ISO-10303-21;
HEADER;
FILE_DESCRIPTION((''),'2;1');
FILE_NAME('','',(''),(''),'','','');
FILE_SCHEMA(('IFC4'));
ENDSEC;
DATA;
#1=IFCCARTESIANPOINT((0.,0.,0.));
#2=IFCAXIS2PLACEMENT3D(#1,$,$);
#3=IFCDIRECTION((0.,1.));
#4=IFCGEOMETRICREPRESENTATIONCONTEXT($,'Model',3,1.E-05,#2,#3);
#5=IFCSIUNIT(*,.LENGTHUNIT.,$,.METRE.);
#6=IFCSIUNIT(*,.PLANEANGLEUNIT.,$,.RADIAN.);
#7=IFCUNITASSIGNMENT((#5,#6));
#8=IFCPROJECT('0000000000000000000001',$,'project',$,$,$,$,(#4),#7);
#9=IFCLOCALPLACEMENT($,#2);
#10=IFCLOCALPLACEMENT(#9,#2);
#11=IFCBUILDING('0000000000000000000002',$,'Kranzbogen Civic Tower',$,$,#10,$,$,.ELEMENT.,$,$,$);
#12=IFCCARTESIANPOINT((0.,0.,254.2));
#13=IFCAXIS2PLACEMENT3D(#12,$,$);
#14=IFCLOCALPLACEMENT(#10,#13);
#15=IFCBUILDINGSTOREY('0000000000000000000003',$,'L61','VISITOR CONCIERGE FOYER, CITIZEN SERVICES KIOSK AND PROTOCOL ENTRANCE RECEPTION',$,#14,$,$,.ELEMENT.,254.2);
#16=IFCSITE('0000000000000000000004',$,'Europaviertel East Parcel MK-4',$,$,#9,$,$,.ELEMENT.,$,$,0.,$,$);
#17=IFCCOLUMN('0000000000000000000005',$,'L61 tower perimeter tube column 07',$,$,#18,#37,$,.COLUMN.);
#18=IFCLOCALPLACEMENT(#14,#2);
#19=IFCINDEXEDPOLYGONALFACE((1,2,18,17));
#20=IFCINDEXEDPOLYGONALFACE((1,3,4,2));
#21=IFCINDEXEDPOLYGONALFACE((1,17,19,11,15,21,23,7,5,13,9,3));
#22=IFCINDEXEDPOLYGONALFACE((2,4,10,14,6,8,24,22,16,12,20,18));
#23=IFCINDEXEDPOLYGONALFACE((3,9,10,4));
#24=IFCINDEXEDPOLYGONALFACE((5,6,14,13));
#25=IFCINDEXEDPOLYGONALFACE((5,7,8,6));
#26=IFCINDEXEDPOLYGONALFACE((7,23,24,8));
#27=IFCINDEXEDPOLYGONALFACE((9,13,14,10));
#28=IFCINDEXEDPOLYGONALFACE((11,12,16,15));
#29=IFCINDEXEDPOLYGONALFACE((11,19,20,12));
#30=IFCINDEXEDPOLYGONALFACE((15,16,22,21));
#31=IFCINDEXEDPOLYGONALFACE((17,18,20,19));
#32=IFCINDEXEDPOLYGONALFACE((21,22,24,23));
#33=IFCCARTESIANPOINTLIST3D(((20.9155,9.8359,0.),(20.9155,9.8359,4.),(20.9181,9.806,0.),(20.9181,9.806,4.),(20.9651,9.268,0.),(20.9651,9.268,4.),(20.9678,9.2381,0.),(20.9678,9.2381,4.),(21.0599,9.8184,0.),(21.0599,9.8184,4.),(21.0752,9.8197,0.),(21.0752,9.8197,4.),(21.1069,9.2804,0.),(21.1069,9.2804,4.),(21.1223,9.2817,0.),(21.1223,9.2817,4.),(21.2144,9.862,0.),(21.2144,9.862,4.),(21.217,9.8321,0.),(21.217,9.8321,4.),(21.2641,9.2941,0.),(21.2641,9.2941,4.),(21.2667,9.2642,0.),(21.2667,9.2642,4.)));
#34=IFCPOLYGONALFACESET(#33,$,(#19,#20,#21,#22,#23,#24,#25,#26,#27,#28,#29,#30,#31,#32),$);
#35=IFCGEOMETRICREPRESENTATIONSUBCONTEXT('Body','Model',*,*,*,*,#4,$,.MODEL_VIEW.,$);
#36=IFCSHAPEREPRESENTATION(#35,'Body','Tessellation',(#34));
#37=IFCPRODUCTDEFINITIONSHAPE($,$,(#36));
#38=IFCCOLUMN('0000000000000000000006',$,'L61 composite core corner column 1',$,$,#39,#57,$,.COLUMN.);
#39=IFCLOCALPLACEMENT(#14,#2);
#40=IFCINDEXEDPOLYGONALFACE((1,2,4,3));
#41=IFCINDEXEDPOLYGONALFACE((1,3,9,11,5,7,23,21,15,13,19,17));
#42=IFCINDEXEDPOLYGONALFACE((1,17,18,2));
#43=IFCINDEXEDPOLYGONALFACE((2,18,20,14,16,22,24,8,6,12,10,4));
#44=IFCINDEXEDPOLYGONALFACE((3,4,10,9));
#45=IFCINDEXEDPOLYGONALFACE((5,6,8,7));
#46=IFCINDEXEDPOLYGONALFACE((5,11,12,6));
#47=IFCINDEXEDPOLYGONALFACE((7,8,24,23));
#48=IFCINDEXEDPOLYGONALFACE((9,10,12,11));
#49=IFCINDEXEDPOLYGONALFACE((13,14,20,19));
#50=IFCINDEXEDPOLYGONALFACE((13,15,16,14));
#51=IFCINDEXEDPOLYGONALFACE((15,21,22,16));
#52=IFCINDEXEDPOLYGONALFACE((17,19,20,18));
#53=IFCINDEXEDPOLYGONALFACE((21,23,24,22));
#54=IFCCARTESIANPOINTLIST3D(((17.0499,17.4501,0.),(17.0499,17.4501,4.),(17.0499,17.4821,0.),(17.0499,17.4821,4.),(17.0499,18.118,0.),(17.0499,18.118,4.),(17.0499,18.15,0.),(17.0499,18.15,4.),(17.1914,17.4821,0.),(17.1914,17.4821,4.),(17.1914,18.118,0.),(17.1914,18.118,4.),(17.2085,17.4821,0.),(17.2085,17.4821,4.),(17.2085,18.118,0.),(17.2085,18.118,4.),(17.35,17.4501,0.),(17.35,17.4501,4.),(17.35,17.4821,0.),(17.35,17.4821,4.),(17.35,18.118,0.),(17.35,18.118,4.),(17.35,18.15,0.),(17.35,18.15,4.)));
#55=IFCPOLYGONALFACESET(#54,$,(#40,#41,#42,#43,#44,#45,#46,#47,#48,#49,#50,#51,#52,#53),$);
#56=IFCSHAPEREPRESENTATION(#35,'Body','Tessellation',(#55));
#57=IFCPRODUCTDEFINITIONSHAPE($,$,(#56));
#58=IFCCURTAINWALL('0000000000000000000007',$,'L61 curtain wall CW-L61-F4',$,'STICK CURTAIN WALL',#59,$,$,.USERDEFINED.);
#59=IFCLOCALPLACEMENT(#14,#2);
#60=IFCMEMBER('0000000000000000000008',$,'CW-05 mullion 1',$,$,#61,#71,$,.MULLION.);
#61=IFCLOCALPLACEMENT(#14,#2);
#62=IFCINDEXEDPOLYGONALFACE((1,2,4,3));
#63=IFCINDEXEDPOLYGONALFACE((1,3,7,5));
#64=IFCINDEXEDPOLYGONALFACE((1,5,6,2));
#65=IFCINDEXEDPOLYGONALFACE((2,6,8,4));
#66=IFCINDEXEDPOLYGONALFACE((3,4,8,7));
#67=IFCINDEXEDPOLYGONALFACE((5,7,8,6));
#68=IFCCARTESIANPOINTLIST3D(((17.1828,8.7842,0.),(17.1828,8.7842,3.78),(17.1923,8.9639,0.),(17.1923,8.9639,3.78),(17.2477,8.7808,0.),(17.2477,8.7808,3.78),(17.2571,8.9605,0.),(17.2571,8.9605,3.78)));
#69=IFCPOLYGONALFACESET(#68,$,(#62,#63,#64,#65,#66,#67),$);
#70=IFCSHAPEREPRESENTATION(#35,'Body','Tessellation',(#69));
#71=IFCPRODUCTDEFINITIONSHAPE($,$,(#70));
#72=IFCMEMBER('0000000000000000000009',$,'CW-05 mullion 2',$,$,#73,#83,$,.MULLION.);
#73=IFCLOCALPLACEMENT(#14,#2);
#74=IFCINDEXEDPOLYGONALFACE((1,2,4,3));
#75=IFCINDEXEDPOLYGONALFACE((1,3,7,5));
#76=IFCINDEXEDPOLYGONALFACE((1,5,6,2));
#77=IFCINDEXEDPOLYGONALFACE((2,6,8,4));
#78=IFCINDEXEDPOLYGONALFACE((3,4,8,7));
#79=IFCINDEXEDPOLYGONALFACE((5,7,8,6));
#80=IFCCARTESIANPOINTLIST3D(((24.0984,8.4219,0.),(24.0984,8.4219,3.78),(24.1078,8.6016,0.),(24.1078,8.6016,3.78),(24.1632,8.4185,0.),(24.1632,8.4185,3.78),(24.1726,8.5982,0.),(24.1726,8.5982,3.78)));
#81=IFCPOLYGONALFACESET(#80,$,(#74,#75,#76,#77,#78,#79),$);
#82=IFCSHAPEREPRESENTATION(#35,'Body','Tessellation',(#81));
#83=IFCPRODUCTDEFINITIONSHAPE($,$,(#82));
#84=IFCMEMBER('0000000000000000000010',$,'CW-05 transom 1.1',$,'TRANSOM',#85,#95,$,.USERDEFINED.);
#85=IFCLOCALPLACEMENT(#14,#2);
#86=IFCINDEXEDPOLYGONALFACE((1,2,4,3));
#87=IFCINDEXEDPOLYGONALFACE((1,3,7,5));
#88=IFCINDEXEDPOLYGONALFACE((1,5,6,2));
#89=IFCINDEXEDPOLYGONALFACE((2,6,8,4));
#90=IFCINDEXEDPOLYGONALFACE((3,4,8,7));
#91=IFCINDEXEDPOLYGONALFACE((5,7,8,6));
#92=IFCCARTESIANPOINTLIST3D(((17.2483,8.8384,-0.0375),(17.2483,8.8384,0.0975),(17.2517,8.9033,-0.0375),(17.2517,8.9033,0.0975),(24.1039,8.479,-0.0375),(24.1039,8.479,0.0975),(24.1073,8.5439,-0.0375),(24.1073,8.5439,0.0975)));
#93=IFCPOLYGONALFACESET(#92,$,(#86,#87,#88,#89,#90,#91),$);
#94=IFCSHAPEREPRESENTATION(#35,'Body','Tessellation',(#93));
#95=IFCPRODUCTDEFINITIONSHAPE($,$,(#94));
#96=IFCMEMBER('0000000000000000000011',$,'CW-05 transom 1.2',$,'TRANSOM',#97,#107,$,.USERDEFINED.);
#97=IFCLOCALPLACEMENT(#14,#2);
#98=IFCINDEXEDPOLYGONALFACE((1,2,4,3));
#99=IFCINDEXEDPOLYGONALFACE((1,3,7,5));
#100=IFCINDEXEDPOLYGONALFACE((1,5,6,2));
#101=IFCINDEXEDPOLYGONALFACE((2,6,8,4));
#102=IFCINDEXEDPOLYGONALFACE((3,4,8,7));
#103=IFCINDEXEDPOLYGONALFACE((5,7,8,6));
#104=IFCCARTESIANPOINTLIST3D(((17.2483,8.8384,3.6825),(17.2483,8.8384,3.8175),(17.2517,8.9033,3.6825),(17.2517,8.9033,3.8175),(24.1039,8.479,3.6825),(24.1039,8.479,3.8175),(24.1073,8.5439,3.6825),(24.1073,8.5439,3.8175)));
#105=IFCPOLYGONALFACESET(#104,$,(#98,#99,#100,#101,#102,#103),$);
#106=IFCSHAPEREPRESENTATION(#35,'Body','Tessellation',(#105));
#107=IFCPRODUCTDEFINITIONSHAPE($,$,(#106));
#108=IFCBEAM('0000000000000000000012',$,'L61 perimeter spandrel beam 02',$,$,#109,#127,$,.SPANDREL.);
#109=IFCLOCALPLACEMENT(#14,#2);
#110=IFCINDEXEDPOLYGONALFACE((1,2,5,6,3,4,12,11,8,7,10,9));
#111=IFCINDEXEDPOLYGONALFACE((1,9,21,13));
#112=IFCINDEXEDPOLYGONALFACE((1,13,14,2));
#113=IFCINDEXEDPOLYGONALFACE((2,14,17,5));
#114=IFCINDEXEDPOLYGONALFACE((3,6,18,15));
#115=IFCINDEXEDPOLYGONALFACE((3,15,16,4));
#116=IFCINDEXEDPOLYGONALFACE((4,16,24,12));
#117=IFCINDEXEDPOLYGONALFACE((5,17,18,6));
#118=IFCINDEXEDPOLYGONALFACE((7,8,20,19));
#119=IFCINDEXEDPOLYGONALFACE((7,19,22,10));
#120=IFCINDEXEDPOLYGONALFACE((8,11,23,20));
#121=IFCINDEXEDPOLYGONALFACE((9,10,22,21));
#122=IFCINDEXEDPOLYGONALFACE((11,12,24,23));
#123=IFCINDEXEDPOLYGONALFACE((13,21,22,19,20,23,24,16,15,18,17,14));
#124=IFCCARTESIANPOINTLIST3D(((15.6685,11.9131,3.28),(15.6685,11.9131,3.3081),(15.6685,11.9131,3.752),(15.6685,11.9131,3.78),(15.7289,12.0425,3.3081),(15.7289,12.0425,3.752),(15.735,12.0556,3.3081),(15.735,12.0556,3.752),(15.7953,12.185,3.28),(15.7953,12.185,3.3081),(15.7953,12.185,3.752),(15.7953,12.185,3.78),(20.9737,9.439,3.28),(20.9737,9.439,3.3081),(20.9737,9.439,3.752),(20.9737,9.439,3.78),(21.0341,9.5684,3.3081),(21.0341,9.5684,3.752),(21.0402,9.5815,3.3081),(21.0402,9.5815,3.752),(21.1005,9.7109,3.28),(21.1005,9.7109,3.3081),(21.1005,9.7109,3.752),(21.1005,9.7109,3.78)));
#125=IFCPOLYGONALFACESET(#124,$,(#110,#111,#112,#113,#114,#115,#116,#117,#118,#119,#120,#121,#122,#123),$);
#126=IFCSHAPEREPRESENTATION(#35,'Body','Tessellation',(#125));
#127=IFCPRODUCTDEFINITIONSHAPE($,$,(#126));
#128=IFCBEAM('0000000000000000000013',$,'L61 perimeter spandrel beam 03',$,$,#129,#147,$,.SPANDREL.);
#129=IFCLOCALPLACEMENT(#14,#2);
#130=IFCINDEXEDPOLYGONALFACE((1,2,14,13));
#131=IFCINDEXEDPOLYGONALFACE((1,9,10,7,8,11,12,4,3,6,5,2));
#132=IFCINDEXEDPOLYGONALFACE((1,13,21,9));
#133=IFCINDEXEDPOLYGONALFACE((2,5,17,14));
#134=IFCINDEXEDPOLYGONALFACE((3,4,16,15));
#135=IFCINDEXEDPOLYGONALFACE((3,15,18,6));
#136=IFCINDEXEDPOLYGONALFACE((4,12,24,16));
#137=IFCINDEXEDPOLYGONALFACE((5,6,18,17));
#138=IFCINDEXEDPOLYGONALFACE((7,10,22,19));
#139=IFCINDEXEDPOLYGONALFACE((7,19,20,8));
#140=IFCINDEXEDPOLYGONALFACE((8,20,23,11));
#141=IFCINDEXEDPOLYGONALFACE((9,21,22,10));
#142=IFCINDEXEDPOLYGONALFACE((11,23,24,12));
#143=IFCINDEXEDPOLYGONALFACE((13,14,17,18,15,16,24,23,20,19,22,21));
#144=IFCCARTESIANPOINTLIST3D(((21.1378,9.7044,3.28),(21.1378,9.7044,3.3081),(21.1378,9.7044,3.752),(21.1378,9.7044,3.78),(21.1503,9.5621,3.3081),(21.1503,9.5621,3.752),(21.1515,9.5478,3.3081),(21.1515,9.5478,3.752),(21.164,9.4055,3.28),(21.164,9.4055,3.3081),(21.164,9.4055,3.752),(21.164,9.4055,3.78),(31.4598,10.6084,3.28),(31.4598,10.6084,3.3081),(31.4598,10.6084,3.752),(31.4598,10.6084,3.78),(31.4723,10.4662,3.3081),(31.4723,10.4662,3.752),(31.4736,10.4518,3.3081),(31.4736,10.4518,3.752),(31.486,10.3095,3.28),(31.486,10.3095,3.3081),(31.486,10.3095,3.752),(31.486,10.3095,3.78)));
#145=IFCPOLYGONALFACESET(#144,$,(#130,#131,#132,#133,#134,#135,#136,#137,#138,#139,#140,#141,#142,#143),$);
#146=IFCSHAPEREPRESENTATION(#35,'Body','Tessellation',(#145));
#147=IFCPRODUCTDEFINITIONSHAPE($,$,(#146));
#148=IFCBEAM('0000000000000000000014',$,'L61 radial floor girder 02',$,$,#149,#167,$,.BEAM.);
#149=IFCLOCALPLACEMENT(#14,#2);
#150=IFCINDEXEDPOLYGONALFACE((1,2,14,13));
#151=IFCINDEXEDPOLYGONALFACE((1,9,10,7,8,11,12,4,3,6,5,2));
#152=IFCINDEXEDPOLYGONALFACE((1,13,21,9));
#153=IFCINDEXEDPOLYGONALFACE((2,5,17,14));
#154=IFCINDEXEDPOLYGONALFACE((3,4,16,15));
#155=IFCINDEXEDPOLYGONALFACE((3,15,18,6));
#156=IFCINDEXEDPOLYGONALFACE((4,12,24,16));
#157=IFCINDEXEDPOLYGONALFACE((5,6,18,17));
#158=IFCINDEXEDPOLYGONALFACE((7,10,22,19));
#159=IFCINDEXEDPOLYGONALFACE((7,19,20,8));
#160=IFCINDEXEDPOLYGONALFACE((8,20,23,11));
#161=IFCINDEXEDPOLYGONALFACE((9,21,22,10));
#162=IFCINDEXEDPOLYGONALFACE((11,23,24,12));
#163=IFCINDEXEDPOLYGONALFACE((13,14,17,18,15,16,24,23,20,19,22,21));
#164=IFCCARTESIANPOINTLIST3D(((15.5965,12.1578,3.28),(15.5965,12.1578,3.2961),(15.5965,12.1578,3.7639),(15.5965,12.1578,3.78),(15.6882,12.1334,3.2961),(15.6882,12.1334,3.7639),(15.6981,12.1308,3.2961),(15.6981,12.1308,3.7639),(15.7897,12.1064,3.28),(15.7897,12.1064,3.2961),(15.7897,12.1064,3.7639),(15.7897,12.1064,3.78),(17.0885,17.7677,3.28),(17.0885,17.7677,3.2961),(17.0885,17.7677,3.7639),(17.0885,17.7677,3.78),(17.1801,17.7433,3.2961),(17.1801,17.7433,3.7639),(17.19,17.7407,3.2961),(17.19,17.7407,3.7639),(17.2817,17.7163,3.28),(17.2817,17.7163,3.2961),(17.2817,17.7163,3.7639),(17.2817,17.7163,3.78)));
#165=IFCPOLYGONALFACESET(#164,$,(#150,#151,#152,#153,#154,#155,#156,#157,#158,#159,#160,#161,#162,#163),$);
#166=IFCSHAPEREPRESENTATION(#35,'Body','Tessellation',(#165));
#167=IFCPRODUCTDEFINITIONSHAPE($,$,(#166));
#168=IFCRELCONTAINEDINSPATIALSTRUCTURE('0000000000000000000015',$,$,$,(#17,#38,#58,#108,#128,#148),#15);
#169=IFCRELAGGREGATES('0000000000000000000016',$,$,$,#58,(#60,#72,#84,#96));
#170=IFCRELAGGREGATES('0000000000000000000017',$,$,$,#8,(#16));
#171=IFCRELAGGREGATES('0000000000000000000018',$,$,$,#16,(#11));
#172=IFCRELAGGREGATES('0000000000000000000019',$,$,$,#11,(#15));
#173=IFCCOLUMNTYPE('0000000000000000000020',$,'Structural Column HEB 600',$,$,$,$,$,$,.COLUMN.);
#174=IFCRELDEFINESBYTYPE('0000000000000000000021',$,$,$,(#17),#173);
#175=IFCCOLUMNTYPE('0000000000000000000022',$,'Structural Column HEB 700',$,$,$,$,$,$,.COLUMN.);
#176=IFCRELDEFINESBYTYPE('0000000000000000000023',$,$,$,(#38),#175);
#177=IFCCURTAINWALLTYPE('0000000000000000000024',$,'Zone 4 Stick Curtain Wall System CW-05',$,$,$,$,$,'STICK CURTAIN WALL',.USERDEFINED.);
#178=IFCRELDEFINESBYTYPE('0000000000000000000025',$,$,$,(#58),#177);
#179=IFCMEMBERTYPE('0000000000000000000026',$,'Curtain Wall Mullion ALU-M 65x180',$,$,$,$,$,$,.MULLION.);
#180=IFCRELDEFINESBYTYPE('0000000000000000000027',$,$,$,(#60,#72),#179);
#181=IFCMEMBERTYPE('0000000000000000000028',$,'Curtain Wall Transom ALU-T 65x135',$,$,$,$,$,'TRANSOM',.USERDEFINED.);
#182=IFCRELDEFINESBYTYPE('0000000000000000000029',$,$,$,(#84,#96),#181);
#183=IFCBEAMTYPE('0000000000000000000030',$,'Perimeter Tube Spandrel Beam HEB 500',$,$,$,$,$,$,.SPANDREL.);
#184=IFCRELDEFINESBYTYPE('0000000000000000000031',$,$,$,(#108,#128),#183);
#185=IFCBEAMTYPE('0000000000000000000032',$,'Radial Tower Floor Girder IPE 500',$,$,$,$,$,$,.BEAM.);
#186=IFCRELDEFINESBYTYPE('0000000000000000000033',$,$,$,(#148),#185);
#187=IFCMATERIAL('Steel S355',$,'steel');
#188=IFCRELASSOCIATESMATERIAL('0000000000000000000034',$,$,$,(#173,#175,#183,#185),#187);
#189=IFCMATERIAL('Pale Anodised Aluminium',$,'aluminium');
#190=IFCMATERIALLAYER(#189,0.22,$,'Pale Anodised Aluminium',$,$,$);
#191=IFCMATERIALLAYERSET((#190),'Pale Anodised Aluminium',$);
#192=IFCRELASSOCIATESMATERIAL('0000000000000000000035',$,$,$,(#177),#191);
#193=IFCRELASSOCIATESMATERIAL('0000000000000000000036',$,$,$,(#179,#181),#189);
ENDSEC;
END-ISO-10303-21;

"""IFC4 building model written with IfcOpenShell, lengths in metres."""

from ifc_helpers import new_model, si_unit, direction, frame, origin, origin_2d, place, context, subcontext, project, spatial, rectangle, i_section, extrude, material, layer, layer_set, material_profile, profile_set, type_object, element, aggregate, save


model = new_model("IFC4")

# Units and contexts
model_context = context("Model", 3, precision=1e-05, world=origin(), true_north=direction((0.0, 1.0)))
body_context = subcontext(model_context, "Body", "Model", "MODEL_VIEW")
ifc_project = project(units=[si_unit("LENGTHUNIT", "METRE"), si_unit("PLANEANGLEUNIT", "RADIAN")], contexts=[model_context])

# Site, building, storey
site_placement = place(None, origin())
site = spatial("IfcSite", under=ifc_project, at=site_placement, Name="Europaviertel East Parcel MK-4", CompositionType="ELEMENT", RefElevation=0.0)
building_placement = place(site_placement, origin())
building = spatial("IfcBuilding", under=site, at=building_placement, Name="Kranzbogen Civic Tower", CompositionType="ELEMENT")
storey_placement = place(building_placement, frame((0.0, 0.0, 254.2)))
storey = spatial("IfcBuildingStorey", under=building, at=storey_placement, Name="L61", Description="VISITOR CONCIERGE FOYER, CITIZEN SERVICES KIOSK AND PROTOCOL ENTRANCE RECEPTION", CompositionType="ELEMENT", Elevation=254.2)

# Columns
ifc_material_1 = material(Name="Steel S355", Category="steel")
ifc_material_profile_1 = material_profile(ifc_material_1, i_section(OverallWidth=0.3, OverallDepth=0.6001, WebThickness=0.0154, FlangeThickness=0.03, at=origin_2d()), Name="HEB 600")
ifc_profile_set_1 = profile_set([ifc_material_profile_1], Name="Steel S355")
column_type_1 = type_object("IfcColumnType", Name="Structural Column HEB 600", PredefinedType="COLUMN", material=ifc_profile_set_1)
column_1_placement = place(storey_placement, frame((21.0911, 9.55, 0.0), z_axis=(0.0, 0.0, 1.0), x_axis=(0.996195, 0.087156, 0.0)))
element("IfcColumn", 1, at=column_1_placement, inside=storey, type_object=column_type_1, Name="L61 tower perimeter tube column 07", PredefinedType="COLUMN", context=body_context, shape_type="SweptSolid", body=[
    extrude(i_section(OverallWidth=0.3, OverallDepth=0.6001, WebThickness=0.0154, FlangeThickness=0.03, at=origin_2d()), origin(), (0.0, 0.0, 1.0), 4.0),
])
ifc_material_profile_2 = material_profile(ifc_material_1, i_section(OverallWidth=0.3, OverallDepth=0.7, WebThickness=0.0171, FlangeThickness=0.032, at=origin_2d()), Name="HEB 700")
ifc_profile_set_2 = profile_set([ifc_material_profile_2], Name="Steel S355")
column_type_2 = type_object("IfcColumnType", Name="Structural Column HEB 700", PredefinedType="COLUMN", material=ifc_profile_set_2)
column_2_placement = place(storey_placement, frame((17.2, 17.8, 0.0), z_axis=(0.0, 0.0, 1.0), x_axis=(1.0, 0.0, 0.0)))
element("IfcColumn", 2, at=column_2_placement, inside=storey, type_object=column_type_2, Name="L61 composite core corner column 1", PredefinedType="COLUMN", context=body_context, shape_type="SweptSolid", body=[
    extrude(i_section(OverallWidth=0.3, OverallDepth=0.7, WebThickness=0.0171, FlangeThickness=0.032, at=origin_2d()), origin(), (0.0, 0.0, 1.0), 4.0),
])

# Curtain wall, members
ifc_material_2 = material(Name="Pale Anodised Aluminium", Category="aluminium")
ifc_layer_1 = layer(ifc_material_2, 0.22, Name="Pale Anodised Aluminium")
ifc_layer_set_1 = layer_set([ifc_layer_1], Name="Pale Anodised Aluminium")
curtain_wall_type = type_object("IfcCurtainWallType", Name="Zone 4 Stick Curtain Wall System CW-05", ElementType="STICK CURTAIN WALL", PredefinedType="USERDEFINED", material=ifc_layer_set_1)
curtain_wall_placement = place(storey_placement, origin())
curtain_wall = element("IfcCurtainWall", 3, at=curtain_wall_placement, inside=storey, type_object=curtain_wall_type, Name="L61 curtain wall CW-L61-F4", ObjectType="STICK CURTAIN WALL", PredefinedType="USERDEFINED")
ifc_material_profile_3 = material_profile(ifc_material_2, rectangle(XDim=0.0649, YDim=0.1799, at=origin_2d()), Name="ALU-M 65x180")
ifc_profile_set_3 = profile_set([ifc_material_profile_3], Name="Pale Anodised Aluminium")
member_type_1 = type_object("IfcMemberType", Name="Curtain Wall Mullion ALU-M 65x180", PredefinedType="MULLION", material=ifc_profile_set_3)
member_1_placement = place(storey_placement, frame((17.22, 8.8723, 0.0), z_axis=(0.0, 0.0, 1.0), x_axis=(0.99863, -0.052336, 0.0)))
member_1 = element("IfcMember", 4, at=member_1_placement, type_object=member_type_1, Name="CW-05 mullion 1", PredefinedType="MULLION", context=body_context, shape_type="SweptSolid", body=[
    extrude(rectangle(XDim=0.0649, YDim=0.1799, at=origin_2d()), origin(), (0.0, 0.0, 1.0), 3.78),
])
member_2_placement = place(storey_placement, frame((24.1355, 8.51, 0.0), z_axis=(0.0, 0.0, 1.0), x_axis=(0.99863, -0.052336, 0.0)))
member_2 = element("IfcMember", 5, at=member_2_placement, type_object=member_type_1, Name="CW-05 mullion 2", PredefinedType="MULLION", context=body_context, shape_type="SweptSolid", body=[
    extrude(rectangle(XDim=0.0649, YDim=0.1799, at=origin_2d()), origin(), (0.0, 0.0, 1.0), 3.78),
])
ifc_material_profile_4 = material_profile(ifc_material_2, rectangle(XDim=0.0649, YDim=0.135, at=origin_2d()), Name="ALU-T 65x135")
ifc_profile_set_4 = profile_set([ifc_material_profile_4], Name="Pale Anodised Aluminium")
member_type_2 = type_object("IfcMemberType", Name="Curtain Wall Transom ALU-T 65x135", ElementType="TRANSOM", PredefinedType="USERDEFINED", material=ifc_profile_set_4)
member_3_placement = place(storey_placement, frame((17.25, 8.8708, 0.03), z_axis=(0.998629, -0.05235, 0.0), x_axis=(0.05235, 0.998629, 0.0)))
member_3 = element("IfcMember", 6, at=member_3_placement, type_object=member_type_2, Name="CW-05 transom 1.1", ObjectType="TRANSOM", PredefinedType="USERDEFINED", context=body_context, shape_type="SweptSolid", body=[
    extrude(rectangle(XDim=0.0649, YDim=0.135, at=origin_2d()), origin(), (0.0, 0.0, 1.0), 6.865),
])
member_4_placement = place(storey_placement, frame((17.25, 8.8708, 3.75), z_axis=(0.998629, -0.05235, 0.0), x_axis=(0.05235, 0.998629, 0.0)))
member_4 = element("IfcMember", 7, at=member_4_placement, type_object=member_type_2, Name="CW-05 transom 1.2", ObjectType="TRANSOM", PredefinedType="USERDEFINED", context=body_context, shape_type="SweptSolid", body=[
    extrude(rectangle(XDim=0.0649, YDim=0.135, at=origin_2d()), origin(), (0.0, 0.0, 1.0), 6.865),
])

# Beams
ifc_material_profile_5 = material_profile(ifc_material_1, i_section(OverallWidth=0.3, OverallDepth=0.5, WebThickness=0.0144, FlangeThickness=0.0281, at=origin_2d()), Name="HEB 500")
ifc_profile_set_5 = profile_set([ifc_material_profile_5], Name="Steel S355")
beam_type_1 = type_object("IfcBeamType", Name="Perimeter Tube Spandrel Beam HEB 500", PredefinedType="SPANDREL", material=ifc_profile_set_5)
beam_1_placement = place(storey_placement, frame((15.7319, 12.0491, 3.53), z_axis=(0.90629, -0.422657, 0.0), x_axis=(0.422657, 0.90629, 0.0)))
element("IfcBeam", 8, at=beam_1_placement, inside=storey, type_object=beam_type_1, Name="L61 perimeter spandrel beam 02", PredefinedType="SPANDREL", context=body_context, shape_type="SweptSolid", body=[
    extrude(i_section(OverallWidth=0.3, OverallDepth=0.5, WebThickness=0.0144, FlangeThickness=0.0281, at=origin_2d()), origin(), (0.0, 0.0, 1.0), 5.8538),
])
beam_2_placement = place(storey_placement, frame((21.1509, 9.5549, 3.53), z_axis=(0.996186, 0.087251, 0.0), x_axis=(-0.087251, 0.996186, 0.0)))
element("IfcBeam", 9, at=beam_2_placement, inside=storey, type_object=beam_type_1, Name="L61 perimeter spandrel beam 03", PredefinedType="SPANDREL", context=body_context, shape_type="SweptSolid", body=[
    extrude(i_section(OverallWidth=0.3, OverallDepth=0.5, WebThickness=0.0144, FlangeThickness=0.0281, at=origin_2d()), origin(), (0.0, 0.0, 1.0), 10.3616),
])
ifc_material_profile_6 = material_profile(ifc_material_1, i_section(OverallWidth=0.2, OverallDepth=0.5, WebThickness=0.0103, FlangeThickness=0.0161, at=origin_2d()), Name="IPE 500")
ifc_profile_set_6 = profile_set([ifc_material_profile_6], Name="Steel S355")
beam_type_2 = type_object("IfcBeamType", Name="Radial Tower Floor Girder IPE 500", PredefinedType="BEAM", material=ifc_profile_set_6)
beam_3_placement = place(storey_placement, frame((15.6931, 12.1321, 3.53), z_axis=(0.257016, 0.966407, 0.0), x_axis=(-0.966407, 0.257016, 0.0)))
element("IfcBeam", 10, at=beam_3_placement, inside=storey, type_object=beam_type_2, Name="L61 radial floor girder 02", PredefinedType="BEAM", context=body_context, shape_type="SweptSolid", body=[
    extrude(i_section(OverallWidth=0.2, OverallDepth=0.5, WebThickness=0.0103, FlangeThickness=0.0161, at=origin_2d()), origin(), (0.0, 0.0, 1.0), 5.8049),
])

aggregate(curtain_wall, [member_1, member_2, member_3, member_4])

save(model, "model.ifc")
